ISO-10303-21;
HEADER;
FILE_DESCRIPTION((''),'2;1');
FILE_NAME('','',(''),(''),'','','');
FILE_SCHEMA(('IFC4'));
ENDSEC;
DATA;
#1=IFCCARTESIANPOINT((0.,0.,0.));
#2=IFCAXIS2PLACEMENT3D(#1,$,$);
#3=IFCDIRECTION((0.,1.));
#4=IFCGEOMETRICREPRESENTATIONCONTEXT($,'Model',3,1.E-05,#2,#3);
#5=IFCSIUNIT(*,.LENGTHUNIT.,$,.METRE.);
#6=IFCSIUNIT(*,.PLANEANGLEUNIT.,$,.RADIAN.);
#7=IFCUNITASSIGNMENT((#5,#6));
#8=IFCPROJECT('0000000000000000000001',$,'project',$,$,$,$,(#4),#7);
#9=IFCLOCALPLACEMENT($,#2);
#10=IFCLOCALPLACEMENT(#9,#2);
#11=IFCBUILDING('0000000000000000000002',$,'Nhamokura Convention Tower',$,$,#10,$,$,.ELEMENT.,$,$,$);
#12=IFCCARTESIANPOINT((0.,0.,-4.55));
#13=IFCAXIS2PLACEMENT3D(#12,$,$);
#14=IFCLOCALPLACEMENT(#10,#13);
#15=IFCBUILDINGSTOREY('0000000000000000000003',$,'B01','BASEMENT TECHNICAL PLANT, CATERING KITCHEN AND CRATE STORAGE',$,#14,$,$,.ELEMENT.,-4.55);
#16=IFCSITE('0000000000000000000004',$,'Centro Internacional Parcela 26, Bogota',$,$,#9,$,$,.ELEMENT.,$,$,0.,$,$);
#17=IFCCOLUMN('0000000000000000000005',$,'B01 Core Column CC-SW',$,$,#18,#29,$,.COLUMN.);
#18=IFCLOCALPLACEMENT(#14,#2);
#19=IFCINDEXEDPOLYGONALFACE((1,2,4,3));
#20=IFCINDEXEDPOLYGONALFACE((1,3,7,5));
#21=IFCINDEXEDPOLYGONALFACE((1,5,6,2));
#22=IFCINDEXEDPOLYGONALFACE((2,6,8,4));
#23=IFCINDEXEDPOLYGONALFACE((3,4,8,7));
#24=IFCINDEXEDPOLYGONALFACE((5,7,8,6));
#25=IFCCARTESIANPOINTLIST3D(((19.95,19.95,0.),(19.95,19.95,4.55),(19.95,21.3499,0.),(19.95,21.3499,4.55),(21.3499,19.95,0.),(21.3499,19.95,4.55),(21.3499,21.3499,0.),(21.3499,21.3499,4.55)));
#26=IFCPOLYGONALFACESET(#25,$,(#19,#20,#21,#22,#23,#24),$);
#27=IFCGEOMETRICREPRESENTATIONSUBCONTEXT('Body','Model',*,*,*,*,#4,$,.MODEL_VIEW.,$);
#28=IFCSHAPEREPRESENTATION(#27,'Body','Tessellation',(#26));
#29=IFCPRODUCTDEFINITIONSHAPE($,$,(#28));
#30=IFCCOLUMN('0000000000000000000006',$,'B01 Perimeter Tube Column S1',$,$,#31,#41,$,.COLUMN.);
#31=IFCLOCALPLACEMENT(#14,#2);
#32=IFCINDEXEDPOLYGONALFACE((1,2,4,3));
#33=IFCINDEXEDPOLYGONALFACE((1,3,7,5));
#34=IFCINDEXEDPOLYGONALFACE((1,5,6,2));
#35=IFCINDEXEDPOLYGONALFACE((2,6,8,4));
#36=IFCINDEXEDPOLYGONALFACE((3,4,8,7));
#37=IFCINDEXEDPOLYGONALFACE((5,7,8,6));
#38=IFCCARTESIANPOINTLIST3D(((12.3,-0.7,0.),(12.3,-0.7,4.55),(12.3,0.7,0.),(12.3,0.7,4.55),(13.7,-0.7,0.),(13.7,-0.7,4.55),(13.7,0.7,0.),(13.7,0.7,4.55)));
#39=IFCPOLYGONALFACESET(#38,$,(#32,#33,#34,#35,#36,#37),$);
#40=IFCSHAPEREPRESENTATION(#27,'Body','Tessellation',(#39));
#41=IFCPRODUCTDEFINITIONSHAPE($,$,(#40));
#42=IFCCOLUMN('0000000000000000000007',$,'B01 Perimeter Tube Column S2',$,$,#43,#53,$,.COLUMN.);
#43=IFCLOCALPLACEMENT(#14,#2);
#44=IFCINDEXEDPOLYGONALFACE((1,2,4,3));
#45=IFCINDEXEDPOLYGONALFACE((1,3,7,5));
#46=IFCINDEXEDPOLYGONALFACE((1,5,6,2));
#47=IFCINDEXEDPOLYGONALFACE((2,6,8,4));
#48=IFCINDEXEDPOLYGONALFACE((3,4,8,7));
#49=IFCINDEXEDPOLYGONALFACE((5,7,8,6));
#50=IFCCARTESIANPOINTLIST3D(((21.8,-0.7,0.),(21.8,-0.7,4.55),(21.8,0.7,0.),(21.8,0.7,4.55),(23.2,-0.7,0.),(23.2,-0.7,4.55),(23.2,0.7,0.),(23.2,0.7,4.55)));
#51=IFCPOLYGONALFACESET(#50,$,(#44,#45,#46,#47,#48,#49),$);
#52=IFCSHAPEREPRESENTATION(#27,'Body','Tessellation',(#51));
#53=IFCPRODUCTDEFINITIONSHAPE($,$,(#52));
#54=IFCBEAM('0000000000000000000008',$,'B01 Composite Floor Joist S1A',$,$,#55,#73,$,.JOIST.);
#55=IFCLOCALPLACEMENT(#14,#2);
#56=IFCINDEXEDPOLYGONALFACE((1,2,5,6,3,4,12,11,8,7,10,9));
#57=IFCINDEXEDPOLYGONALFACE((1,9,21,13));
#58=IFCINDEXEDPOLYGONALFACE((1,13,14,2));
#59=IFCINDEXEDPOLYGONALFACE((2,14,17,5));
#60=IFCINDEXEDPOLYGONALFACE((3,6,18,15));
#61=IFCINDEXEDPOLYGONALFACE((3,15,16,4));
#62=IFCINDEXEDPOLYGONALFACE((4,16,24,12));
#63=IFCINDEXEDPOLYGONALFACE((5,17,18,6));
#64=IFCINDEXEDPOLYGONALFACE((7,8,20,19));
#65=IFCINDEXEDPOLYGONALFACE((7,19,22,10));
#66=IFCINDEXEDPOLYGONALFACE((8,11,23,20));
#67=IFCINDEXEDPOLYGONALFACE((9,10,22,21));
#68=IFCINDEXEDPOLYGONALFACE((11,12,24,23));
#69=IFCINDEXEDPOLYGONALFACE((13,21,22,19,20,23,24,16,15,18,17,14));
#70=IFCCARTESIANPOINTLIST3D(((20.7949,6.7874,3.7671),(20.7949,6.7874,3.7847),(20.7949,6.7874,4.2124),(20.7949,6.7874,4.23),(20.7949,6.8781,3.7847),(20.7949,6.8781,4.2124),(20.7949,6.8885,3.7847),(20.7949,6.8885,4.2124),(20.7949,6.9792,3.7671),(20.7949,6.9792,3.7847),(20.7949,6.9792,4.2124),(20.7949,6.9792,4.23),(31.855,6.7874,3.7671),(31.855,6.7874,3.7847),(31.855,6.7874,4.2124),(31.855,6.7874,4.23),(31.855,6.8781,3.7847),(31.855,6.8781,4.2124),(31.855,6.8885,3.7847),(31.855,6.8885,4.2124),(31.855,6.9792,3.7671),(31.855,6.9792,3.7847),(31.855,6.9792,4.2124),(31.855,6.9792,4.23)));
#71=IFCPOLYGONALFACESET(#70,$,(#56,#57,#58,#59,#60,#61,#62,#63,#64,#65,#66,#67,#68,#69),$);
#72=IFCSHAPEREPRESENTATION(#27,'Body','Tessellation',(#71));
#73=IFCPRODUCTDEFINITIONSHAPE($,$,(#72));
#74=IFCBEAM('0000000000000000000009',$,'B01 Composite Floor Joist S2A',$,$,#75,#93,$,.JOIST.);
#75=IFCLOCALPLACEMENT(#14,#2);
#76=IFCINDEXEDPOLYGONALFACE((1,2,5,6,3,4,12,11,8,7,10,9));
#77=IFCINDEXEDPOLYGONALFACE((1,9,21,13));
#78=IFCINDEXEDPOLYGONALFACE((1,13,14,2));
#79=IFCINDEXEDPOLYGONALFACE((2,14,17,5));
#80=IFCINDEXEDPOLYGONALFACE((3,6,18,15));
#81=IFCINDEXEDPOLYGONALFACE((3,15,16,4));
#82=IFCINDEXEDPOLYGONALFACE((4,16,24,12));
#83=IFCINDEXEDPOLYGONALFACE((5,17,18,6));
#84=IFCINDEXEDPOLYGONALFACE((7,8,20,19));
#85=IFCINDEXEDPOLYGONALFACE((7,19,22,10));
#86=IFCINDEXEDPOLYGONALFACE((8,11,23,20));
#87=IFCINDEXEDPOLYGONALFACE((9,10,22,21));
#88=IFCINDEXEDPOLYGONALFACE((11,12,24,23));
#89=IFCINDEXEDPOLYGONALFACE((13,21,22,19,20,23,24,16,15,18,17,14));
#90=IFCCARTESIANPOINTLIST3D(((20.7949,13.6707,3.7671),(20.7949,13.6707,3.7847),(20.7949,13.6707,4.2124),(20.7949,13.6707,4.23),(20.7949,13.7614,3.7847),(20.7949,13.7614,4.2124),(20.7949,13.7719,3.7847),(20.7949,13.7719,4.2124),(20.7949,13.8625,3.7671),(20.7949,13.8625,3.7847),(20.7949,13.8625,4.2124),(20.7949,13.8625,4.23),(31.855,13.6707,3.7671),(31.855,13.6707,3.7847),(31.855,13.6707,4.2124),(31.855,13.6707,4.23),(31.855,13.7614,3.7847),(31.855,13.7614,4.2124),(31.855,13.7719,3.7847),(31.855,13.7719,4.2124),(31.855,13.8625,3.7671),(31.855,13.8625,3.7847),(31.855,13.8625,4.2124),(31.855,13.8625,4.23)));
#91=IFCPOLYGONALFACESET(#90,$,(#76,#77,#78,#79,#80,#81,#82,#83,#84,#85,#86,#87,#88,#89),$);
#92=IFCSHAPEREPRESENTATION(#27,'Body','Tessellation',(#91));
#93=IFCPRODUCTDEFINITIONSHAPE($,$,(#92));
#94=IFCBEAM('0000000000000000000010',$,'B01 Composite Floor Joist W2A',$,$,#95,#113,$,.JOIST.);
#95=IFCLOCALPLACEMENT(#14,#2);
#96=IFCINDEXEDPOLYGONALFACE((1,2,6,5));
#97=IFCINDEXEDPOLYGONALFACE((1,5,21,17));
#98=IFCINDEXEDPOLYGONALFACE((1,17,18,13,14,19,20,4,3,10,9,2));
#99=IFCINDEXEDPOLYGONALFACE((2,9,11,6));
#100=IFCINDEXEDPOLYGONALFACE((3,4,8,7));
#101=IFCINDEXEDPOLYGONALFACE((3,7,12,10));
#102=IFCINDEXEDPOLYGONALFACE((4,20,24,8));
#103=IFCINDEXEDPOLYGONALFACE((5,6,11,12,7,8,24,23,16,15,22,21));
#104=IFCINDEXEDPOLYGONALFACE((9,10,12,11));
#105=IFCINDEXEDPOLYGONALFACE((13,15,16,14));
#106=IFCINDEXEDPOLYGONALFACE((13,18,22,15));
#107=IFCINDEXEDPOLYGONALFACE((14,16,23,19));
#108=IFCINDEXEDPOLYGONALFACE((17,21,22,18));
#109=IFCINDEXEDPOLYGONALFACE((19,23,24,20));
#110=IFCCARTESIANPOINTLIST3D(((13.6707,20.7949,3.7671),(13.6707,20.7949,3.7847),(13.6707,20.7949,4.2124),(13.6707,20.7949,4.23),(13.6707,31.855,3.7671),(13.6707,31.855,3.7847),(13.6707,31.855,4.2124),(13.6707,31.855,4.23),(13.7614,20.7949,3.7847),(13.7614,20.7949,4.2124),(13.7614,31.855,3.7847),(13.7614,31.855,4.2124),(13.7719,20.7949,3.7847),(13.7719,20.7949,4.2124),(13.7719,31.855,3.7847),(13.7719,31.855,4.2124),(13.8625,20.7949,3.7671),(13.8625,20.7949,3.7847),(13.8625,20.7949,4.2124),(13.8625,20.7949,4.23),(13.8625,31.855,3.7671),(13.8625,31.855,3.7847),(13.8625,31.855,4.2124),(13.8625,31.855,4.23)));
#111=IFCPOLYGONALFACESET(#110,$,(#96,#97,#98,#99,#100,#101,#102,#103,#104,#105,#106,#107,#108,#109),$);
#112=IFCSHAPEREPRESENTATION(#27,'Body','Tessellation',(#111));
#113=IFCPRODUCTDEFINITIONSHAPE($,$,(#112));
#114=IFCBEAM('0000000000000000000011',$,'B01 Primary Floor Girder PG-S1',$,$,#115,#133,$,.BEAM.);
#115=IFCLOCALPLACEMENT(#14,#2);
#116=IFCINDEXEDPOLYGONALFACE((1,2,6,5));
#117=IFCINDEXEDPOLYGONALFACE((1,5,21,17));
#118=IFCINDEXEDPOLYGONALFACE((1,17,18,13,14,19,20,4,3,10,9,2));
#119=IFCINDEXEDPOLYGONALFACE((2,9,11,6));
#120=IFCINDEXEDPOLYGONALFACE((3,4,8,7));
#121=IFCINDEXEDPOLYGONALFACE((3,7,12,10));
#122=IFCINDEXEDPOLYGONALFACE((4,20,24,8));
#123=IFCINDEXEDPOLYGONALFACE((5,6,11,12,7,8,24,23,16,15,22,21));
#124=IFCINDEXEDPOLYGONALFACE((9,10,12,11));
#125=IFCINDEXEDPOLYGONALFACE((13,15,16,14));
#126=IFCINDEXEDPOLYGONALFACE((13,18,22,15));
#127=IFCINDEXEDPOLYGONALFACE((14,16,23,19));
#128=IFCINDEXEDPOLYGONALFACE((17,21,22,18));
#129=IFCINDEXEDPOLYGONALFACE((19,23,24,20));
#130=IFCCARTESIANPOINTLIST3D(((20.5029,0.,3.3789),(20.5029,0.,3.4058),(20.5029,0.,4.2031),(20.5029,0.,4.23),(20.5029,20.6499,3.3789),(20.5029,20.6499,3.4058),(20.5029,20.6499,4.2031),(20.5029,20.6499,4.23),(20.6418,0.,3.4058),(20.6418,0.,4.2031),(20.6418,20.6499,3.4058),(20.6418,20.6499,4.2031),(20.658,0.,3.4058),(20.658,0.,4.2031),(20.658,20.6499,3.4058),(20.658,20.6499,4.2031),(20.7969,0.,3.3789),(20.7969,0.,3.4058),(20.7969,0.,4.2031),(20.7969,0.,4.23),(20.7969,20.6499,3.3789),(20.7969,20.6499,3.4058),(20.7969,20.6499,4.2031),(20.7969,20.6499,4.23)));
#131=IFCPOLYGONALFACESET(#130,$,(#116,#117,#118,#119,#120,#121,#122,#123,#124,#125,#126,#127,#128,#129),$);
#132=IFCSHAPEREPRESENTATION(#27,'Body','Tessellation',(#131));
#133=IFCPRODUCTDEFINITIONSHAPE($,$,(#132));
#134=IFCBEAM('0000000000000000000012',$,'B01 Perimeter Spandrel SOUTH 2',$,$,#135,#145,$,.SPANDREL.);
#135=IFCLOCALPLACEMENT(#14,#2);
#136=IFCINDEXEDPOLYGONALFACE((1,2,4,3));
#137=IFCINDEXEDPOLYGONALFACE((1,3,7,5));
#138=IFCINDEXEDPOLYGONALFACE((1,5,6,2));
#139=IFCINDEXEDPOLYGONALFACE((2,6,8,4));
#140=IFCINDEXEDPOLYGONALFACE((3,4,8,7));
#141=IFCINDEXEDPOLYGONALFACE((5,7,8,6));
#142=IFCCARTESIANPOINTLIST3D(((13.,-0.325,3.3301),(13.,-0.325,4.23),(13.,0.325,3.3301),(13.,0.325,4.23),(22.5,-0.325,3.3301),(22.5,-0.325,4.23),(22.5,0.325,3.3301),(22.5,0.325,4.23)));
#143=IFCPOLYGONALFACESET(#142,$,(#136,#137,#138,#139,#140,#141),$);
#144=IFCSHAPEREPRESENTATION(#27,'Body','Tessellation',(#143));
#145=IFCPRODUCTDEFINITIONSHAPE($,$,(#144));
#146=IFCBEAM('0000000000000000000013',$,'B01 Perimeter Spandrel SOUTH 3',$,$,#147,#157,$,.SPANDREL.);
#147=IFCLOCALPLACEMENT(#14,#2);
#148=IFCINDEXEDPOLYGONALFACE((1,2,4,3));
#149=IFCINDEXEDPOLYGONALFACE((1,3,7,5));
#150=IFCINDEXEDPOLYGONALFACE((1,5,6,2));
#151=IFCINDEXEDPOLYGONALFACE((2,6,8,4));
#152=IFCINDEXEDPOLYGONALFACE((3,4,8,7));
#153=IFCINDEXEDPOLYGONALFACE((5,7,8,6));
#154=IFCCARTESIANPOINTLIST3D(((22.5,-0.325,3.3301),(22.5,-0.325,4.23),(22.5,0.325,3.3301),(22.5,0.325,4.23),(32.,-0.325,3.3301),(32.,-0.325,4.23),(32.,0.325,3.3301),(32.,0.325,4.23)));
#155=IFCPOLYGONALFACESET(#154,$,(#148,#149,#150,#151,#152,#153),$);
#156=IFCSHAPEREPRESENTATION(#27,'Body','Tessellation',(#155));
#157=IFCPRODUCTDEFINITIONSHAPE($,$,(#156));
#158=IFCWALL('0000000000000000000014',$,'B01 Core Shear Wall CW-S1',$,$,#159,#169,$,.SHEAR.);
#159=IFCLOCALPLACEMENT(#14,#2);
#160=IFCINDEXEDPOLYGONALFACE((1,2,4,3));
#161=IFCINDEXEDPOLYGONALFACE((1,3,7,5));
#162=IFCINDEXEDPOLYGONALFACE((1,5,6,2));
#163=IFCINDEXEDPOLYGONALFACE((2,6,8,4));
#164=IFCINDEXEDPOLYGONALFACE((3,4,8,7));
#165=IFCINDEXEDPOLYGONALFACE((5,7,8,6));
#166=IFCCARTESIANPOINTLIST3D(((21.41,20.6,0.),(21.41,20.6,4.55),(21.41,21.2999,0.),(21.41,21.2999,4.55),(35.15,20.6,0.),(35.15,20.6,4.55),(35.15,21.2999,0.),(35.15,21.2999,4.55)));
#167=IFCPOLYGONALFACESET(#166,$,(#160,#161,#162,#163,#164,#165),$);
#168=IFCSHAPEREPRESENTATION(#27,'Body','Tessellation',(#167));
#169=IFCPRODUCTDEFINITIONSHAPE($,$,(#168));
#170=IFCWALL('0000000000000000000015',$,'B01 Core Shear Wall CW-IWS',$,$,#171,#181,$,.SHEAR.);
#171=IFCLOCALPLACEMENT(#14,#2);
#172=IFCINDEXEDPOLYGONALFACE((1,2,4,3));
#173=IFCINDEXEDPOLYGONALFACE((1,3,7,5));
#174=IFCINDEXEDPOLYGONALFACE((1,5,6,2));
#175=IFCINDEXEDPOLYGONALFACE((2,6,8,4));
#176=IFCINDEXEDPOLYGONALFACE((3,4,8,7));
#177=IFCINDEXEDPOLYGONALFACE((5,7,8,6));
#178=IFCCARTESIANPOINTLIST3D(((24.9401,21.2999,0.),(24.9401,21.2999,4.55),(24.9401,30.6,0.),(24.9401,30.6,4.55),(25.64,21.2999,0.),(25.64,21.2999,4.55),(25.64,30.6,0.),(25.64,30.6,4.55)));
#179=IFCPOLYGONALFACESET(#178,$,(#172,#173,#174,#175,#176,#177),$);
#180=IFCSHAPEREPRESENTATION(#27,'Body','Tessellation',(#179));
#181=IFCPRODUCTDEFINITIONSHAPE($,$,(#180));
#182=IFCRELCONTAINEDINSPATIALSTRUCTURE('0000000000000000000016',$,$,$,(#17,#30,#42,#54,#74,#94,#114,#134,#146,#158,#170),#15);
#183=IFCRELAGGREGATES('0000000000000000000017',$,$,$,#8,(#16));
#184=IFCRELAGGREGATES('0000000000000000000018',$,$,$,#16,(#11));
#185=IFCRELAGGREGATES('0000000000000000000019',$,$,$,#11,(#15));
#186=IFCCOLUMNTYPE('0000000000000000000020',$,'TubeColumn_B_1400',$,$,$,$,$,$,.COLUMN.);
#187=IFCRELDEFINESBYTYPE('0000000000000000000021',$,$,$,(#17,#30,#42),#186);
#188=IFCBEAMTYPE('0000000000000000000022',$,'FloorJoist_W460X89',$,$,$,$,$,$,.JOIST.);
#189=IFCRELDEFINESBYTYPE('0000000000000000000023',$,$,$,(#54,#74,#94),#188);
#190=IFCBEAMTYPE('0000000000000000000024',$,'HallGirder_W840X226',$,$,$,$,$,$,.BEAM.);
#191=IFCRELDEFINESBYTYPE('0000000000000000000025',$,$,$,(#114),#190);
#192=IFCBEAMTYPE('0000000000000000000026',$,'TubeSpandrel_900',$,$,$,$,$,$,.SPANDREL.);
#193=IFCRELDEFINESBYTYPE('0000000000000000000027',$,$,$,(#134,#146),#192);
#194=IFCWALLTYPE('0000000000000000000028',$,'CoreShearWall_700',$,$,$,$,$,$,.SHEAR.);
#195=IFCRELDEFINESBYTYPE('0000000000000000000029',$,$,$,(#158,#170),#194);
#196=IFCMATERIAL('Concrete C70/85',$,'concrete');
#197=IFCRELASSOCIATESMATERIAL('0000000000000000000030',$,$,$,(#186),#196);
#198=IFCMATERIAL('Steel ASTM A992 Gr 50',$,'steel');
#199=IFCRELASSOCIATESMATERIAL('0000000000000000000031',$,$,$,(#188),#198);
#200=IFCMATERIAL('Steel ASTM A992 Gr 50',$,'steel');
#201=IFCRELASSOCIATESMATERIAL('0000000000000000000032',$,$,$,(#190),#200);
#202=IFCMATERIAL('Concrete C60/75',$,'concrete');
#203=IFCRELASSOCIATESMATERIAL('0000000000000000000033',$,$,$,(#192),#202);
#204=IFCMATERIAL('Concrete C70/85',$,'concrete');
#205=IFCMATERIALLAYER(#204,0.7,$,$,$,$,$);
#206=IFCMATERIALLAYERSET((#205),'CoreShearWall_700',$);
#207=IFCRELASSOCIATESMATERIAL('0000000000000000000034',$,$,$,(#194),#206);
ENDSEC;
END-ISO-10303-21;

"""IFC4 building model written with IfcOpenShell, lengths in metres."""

from ifc_helpers import new_model, si_unit, direction, frame, frame_2d, origin, origin_2d, place, context, subcontext, project, spatial, rectangle, i_section, extrude, material, layer, layer_set, material_profile, profile_set, type_object, element, save


model = new_model("IFC4")

# Units and contexts
model_context = context("Model", 3, precision=1e-05, world=origin(), true_north=direction((0.0, 1.0)))
body_context = subcontext(model_context, "Body", "Model", "MODEL_VIEW")
ifc_project = project(units=[si_unit("LENGTHUNIT", "METRE"), si_unit("PLANEANGLEUNIT", "RADIAN")], contexts=[model_context])

# Site, building, storey
site_placement = place(None, origin())
site = spatial("IfcSite", under=ifc_project, at=site_placement, Name="Centro Internacional Parcela 26, Bogota", CompositionType="ELEMENT", RefElevation=0.0)
building_placement = place(site_placement, origin())
building = spatial("IfcBuilding", under=site, at=building_placement, Name="Nhamokura Convention Tower", CompositionType="ELEMENT")
storey_placement = place(building_placement, frame((0.0, 0.0, -4.55)))
storey = spatial("IfcBuildingStorey", under=building, at=storey_placement, Name="B01", Description="BASEMENT TECHNICAL PLANT, CATERING KITCHEN AND CRATE STORAGE", CompositionType="ELEMENT", Elevation=-4.55)

# Columns
ifc_material_1 = material(Name="Concrete C70/85", Category="concrete")
ifc_material_profile_1 = material_profile(ifc_material_1, rectangle(XDim=1.3999, YDim=1.3999, at=origin_2d()))
ifc_profile_set_1 = profile_set([ifc_material_profile_1], Name="Concrete C70/85")
column_type = type_object("IfcColumnType", Name="TubeColumn_B_1400", PredefinedType="COLUMN", material=ifc_profile_set_1)
for number, where, z_axis, x_axis, name in (
    (1, (20.6499, 20.6499, 0.0), (0.0, 0.0, 1.0), (1.0, 0.0, 0.0), "B01 Core Column CC-SW"),
    (2, (13.0, 0.0, 0.0), (0.0, 0.0, 1.0), (1.0, 0.0, 0.0), "B01 Perimeter Tube Column S1"),
    (3, (22.5, 0.0, 0.0), (0.0, 0.0, 1.0), (1.0, 0.0, 0.0), "B01 Perimeter Tube Column S2"),
):
    element("IfcColumn", number, at=place(storey_placement, frame(where, z_axis=z_axis, x_axis=x_axis)), inside=storey, type_object=column_type, Name=name, PredefinedType="COLUMN", context=body_context, shape_type="SweptSolid", body=[
        extrude(rectangle(XDim=1.3999, YDim=1.3999, at=origin_2d()), origin(), (0.0, 0.0, 1.0), 4.55),
    ])

# Beams
ifc_material_2 = material(Name="Steel ASTM A992 Gr 50", Category="steel")
ifc_material_profile_2 = material_profile(ifc_material_2, i_section(OverallWidth=0.1919, OverallDepth=0.4629, WebThickness=0.0105, FlangeThickness=0.0176, at=origin_2d()))
ifc_profile_set_2 = profile_set([ifc_material_profile_2], Name="Steel ASTM A992 Gr 50")
beam_type_1 = type_object("IfcBeamType", Name="FloorJoist_W460X89", PredefinedType="JOIST", material=ifc_profile_set_2)
for number, where, z_axis, x_axis, name in (
    (4, (20.7949, 6.8833, 3.9985), (1.0, 0.0, 0.0), (0.0, 1.0, 0.0), "B01 Composite Floor Joist S1A"),
    (5, (20.7949, 13.7666, 3.9985), (1.0, 0.0, 0.0), (0.0, 1.0, 0.0), "B01 Composite Floor Joist S2A"),
    (6, (13.7666, 20.7949, 3.9985), (0.0, 1.0, 0.0), (-1.0, 0.0, 0.0), "B01 Composite Floor Joist W2A"),
):
    element("IfcBeam", number, at=place(storey_placement, frame(where, z_axis=z_axis, x_axis=x_axis)), inside=storey, type_object=beam_type_1, Name=name, PredefinedType="JOIST", context=body_context, shape_type="SweptSolid", body=[
        extrude(i_section(OverallWidth=0.1919, OverallDepth=0.4629, WebThickness=0.0105, FlangeThickness=0.0176, at=origin_2d()), origin(), (0.0, 0.0, 1.0), 11.0601),
    ])
ifc_material_3 = material(Name="Steel ASTM A992 Gr 50", Category="steel")
ifc_material_profile_3 = material_profile(ifc_material_3, i_section(OverallWidth=0.2939, OverallDepth=0.8511, WebThickness=0.0161, FlangeThickness=0.0269, at=origin_2d()))
ifc_profile_set_3 = profile_set([ifc_material_profile_3], Name="Steel ASTM A992 Gr 50")
beam_type_2 = type_object("IfcBeamType", Name="HallGirder_W840X226", PredefinedType="BEAM", material=ifc_profile_set_3)
beam_placement = place(storey_placement, frame((20.6499, 0.0, 3.8044), z_axis=(0.0, 1.0, 0.0), x_axis=(-1.0, 0.0, 0.0)))
element("IfcBeam", 7, at=beam_placement, inside=storey, type_object=beam_type_2, Name="B01 Primary Floor Girder PG-S1", PredefinedType="BEAM", context=body_context, shape_type="SweptSolid", body=[
    extrude(i_section(OverallWidth=0.2939, OverallDepth=0.8511, WebThickness=0.0161, FlangeThickness=0.0269, at=origin_2d()), origin(), (0.0, 0.0, 1.0), 20.6499),
])
ifc_material_4 = material(Name="Concrete C60/75", Category="concrete")
ifc_material_profile_4 = material_profile(ifc_material_4, rectangle(XDim=0.6499, YDim=0.8999, at=origin_2d()))
ifc_profile_set_4 = profile_set([ifc_material_profile_4], Name="Concrete C60/75")
beam_type_3 = type_object("IfcBeamType", Name="TubeSpandrel_900", PredefinedType="SPANDREL", material=ifc_profile_set_4)
for number, where, z_axis, x_axis, name in (
    (8, (13.0, 0.0, 3.78), (1.0, 0.0, 0.0), (0.0, 1.0, 0.0), "B01 Perimeter Spandrel SOUTH 2"),
    (9, (22.5, 0.0, 3.78), (1.0, 0.0, 0.0), (0.0, 1.0, 0.0), "B01 Perimeter Spandrel SOUTH 3"),
):
    element("IfcBeam", number, at=place(storey_placement, frame(where, z_axis=z_axis, x_axis=x_axis)), inside=storey, type_object=beam_type_3, Name=name, PredefinedType="SPANDREL", context=body_context, shape_type="SweptSolid", body=[
        extrude(rectangle(XDim=0.6499, YDim=0.8999, at=origin_2d()), origin(), (0.0, 0.0, 1.0), 9.5),
    ])

# Shared definitions
ifc_material_5 = material(Name="Concrete C70/85", Category="concrete")
ifc_layer_1 = layer(ifc_material_5, 0.7)
ifc_layer_set_1 = layer_set([ifc_layer_1], Name="CoreShearWall_700")
wall_type_1 = type_object("IfcWallType", Name="CoreShearWall_700", PredefinedType="SHEAR", material=ifc_layer_set_1)

# Walls
wall_1_placement = place(storey_placement, frame((21.4099, 20.95, 0.0), z_axis=(0.0, 0.0, 1.0), x_axis=(1.0, 0.0, 0.0)))
element("IfcWall", 10, at=wall_1_placement, inside=storey, type_object=wall_type_1, Name="B01 Core Shear Wall CW-S1", PredefinedType="SHEAR", context=body_context, shape_type="SweptSolid", body=[
    extrude(rectangle(XDim=13.74, YDim=0.7, at=frame_2d((6.8701, 0.0))), origin(), (0.0, 0.0, 1.0), 4.55),
])
wall_2_placement = place(storey_placement, frame((25.29, 21.3, 0.0), z_axis=(0.0, 0.0, 1.0), x_axis=(0.0, 1.0, 0.0)))
element("IfcWall", 11, at=wall_2_placement, inside=storey, type_object=wall_type_1, Name="B01 Core Shear Wall CW-IWS", PredefinedType="SHEAR", context=body_context, shape_type="SweptSolid", body=[
    extrude(rectangle(XDim=9.3, YDim=0.7, at=frame_2d((4.6499, 0.0))), origin(), (0.0, 0.0, 1.0), 4.55),
])

save(model, "model.ifc")
